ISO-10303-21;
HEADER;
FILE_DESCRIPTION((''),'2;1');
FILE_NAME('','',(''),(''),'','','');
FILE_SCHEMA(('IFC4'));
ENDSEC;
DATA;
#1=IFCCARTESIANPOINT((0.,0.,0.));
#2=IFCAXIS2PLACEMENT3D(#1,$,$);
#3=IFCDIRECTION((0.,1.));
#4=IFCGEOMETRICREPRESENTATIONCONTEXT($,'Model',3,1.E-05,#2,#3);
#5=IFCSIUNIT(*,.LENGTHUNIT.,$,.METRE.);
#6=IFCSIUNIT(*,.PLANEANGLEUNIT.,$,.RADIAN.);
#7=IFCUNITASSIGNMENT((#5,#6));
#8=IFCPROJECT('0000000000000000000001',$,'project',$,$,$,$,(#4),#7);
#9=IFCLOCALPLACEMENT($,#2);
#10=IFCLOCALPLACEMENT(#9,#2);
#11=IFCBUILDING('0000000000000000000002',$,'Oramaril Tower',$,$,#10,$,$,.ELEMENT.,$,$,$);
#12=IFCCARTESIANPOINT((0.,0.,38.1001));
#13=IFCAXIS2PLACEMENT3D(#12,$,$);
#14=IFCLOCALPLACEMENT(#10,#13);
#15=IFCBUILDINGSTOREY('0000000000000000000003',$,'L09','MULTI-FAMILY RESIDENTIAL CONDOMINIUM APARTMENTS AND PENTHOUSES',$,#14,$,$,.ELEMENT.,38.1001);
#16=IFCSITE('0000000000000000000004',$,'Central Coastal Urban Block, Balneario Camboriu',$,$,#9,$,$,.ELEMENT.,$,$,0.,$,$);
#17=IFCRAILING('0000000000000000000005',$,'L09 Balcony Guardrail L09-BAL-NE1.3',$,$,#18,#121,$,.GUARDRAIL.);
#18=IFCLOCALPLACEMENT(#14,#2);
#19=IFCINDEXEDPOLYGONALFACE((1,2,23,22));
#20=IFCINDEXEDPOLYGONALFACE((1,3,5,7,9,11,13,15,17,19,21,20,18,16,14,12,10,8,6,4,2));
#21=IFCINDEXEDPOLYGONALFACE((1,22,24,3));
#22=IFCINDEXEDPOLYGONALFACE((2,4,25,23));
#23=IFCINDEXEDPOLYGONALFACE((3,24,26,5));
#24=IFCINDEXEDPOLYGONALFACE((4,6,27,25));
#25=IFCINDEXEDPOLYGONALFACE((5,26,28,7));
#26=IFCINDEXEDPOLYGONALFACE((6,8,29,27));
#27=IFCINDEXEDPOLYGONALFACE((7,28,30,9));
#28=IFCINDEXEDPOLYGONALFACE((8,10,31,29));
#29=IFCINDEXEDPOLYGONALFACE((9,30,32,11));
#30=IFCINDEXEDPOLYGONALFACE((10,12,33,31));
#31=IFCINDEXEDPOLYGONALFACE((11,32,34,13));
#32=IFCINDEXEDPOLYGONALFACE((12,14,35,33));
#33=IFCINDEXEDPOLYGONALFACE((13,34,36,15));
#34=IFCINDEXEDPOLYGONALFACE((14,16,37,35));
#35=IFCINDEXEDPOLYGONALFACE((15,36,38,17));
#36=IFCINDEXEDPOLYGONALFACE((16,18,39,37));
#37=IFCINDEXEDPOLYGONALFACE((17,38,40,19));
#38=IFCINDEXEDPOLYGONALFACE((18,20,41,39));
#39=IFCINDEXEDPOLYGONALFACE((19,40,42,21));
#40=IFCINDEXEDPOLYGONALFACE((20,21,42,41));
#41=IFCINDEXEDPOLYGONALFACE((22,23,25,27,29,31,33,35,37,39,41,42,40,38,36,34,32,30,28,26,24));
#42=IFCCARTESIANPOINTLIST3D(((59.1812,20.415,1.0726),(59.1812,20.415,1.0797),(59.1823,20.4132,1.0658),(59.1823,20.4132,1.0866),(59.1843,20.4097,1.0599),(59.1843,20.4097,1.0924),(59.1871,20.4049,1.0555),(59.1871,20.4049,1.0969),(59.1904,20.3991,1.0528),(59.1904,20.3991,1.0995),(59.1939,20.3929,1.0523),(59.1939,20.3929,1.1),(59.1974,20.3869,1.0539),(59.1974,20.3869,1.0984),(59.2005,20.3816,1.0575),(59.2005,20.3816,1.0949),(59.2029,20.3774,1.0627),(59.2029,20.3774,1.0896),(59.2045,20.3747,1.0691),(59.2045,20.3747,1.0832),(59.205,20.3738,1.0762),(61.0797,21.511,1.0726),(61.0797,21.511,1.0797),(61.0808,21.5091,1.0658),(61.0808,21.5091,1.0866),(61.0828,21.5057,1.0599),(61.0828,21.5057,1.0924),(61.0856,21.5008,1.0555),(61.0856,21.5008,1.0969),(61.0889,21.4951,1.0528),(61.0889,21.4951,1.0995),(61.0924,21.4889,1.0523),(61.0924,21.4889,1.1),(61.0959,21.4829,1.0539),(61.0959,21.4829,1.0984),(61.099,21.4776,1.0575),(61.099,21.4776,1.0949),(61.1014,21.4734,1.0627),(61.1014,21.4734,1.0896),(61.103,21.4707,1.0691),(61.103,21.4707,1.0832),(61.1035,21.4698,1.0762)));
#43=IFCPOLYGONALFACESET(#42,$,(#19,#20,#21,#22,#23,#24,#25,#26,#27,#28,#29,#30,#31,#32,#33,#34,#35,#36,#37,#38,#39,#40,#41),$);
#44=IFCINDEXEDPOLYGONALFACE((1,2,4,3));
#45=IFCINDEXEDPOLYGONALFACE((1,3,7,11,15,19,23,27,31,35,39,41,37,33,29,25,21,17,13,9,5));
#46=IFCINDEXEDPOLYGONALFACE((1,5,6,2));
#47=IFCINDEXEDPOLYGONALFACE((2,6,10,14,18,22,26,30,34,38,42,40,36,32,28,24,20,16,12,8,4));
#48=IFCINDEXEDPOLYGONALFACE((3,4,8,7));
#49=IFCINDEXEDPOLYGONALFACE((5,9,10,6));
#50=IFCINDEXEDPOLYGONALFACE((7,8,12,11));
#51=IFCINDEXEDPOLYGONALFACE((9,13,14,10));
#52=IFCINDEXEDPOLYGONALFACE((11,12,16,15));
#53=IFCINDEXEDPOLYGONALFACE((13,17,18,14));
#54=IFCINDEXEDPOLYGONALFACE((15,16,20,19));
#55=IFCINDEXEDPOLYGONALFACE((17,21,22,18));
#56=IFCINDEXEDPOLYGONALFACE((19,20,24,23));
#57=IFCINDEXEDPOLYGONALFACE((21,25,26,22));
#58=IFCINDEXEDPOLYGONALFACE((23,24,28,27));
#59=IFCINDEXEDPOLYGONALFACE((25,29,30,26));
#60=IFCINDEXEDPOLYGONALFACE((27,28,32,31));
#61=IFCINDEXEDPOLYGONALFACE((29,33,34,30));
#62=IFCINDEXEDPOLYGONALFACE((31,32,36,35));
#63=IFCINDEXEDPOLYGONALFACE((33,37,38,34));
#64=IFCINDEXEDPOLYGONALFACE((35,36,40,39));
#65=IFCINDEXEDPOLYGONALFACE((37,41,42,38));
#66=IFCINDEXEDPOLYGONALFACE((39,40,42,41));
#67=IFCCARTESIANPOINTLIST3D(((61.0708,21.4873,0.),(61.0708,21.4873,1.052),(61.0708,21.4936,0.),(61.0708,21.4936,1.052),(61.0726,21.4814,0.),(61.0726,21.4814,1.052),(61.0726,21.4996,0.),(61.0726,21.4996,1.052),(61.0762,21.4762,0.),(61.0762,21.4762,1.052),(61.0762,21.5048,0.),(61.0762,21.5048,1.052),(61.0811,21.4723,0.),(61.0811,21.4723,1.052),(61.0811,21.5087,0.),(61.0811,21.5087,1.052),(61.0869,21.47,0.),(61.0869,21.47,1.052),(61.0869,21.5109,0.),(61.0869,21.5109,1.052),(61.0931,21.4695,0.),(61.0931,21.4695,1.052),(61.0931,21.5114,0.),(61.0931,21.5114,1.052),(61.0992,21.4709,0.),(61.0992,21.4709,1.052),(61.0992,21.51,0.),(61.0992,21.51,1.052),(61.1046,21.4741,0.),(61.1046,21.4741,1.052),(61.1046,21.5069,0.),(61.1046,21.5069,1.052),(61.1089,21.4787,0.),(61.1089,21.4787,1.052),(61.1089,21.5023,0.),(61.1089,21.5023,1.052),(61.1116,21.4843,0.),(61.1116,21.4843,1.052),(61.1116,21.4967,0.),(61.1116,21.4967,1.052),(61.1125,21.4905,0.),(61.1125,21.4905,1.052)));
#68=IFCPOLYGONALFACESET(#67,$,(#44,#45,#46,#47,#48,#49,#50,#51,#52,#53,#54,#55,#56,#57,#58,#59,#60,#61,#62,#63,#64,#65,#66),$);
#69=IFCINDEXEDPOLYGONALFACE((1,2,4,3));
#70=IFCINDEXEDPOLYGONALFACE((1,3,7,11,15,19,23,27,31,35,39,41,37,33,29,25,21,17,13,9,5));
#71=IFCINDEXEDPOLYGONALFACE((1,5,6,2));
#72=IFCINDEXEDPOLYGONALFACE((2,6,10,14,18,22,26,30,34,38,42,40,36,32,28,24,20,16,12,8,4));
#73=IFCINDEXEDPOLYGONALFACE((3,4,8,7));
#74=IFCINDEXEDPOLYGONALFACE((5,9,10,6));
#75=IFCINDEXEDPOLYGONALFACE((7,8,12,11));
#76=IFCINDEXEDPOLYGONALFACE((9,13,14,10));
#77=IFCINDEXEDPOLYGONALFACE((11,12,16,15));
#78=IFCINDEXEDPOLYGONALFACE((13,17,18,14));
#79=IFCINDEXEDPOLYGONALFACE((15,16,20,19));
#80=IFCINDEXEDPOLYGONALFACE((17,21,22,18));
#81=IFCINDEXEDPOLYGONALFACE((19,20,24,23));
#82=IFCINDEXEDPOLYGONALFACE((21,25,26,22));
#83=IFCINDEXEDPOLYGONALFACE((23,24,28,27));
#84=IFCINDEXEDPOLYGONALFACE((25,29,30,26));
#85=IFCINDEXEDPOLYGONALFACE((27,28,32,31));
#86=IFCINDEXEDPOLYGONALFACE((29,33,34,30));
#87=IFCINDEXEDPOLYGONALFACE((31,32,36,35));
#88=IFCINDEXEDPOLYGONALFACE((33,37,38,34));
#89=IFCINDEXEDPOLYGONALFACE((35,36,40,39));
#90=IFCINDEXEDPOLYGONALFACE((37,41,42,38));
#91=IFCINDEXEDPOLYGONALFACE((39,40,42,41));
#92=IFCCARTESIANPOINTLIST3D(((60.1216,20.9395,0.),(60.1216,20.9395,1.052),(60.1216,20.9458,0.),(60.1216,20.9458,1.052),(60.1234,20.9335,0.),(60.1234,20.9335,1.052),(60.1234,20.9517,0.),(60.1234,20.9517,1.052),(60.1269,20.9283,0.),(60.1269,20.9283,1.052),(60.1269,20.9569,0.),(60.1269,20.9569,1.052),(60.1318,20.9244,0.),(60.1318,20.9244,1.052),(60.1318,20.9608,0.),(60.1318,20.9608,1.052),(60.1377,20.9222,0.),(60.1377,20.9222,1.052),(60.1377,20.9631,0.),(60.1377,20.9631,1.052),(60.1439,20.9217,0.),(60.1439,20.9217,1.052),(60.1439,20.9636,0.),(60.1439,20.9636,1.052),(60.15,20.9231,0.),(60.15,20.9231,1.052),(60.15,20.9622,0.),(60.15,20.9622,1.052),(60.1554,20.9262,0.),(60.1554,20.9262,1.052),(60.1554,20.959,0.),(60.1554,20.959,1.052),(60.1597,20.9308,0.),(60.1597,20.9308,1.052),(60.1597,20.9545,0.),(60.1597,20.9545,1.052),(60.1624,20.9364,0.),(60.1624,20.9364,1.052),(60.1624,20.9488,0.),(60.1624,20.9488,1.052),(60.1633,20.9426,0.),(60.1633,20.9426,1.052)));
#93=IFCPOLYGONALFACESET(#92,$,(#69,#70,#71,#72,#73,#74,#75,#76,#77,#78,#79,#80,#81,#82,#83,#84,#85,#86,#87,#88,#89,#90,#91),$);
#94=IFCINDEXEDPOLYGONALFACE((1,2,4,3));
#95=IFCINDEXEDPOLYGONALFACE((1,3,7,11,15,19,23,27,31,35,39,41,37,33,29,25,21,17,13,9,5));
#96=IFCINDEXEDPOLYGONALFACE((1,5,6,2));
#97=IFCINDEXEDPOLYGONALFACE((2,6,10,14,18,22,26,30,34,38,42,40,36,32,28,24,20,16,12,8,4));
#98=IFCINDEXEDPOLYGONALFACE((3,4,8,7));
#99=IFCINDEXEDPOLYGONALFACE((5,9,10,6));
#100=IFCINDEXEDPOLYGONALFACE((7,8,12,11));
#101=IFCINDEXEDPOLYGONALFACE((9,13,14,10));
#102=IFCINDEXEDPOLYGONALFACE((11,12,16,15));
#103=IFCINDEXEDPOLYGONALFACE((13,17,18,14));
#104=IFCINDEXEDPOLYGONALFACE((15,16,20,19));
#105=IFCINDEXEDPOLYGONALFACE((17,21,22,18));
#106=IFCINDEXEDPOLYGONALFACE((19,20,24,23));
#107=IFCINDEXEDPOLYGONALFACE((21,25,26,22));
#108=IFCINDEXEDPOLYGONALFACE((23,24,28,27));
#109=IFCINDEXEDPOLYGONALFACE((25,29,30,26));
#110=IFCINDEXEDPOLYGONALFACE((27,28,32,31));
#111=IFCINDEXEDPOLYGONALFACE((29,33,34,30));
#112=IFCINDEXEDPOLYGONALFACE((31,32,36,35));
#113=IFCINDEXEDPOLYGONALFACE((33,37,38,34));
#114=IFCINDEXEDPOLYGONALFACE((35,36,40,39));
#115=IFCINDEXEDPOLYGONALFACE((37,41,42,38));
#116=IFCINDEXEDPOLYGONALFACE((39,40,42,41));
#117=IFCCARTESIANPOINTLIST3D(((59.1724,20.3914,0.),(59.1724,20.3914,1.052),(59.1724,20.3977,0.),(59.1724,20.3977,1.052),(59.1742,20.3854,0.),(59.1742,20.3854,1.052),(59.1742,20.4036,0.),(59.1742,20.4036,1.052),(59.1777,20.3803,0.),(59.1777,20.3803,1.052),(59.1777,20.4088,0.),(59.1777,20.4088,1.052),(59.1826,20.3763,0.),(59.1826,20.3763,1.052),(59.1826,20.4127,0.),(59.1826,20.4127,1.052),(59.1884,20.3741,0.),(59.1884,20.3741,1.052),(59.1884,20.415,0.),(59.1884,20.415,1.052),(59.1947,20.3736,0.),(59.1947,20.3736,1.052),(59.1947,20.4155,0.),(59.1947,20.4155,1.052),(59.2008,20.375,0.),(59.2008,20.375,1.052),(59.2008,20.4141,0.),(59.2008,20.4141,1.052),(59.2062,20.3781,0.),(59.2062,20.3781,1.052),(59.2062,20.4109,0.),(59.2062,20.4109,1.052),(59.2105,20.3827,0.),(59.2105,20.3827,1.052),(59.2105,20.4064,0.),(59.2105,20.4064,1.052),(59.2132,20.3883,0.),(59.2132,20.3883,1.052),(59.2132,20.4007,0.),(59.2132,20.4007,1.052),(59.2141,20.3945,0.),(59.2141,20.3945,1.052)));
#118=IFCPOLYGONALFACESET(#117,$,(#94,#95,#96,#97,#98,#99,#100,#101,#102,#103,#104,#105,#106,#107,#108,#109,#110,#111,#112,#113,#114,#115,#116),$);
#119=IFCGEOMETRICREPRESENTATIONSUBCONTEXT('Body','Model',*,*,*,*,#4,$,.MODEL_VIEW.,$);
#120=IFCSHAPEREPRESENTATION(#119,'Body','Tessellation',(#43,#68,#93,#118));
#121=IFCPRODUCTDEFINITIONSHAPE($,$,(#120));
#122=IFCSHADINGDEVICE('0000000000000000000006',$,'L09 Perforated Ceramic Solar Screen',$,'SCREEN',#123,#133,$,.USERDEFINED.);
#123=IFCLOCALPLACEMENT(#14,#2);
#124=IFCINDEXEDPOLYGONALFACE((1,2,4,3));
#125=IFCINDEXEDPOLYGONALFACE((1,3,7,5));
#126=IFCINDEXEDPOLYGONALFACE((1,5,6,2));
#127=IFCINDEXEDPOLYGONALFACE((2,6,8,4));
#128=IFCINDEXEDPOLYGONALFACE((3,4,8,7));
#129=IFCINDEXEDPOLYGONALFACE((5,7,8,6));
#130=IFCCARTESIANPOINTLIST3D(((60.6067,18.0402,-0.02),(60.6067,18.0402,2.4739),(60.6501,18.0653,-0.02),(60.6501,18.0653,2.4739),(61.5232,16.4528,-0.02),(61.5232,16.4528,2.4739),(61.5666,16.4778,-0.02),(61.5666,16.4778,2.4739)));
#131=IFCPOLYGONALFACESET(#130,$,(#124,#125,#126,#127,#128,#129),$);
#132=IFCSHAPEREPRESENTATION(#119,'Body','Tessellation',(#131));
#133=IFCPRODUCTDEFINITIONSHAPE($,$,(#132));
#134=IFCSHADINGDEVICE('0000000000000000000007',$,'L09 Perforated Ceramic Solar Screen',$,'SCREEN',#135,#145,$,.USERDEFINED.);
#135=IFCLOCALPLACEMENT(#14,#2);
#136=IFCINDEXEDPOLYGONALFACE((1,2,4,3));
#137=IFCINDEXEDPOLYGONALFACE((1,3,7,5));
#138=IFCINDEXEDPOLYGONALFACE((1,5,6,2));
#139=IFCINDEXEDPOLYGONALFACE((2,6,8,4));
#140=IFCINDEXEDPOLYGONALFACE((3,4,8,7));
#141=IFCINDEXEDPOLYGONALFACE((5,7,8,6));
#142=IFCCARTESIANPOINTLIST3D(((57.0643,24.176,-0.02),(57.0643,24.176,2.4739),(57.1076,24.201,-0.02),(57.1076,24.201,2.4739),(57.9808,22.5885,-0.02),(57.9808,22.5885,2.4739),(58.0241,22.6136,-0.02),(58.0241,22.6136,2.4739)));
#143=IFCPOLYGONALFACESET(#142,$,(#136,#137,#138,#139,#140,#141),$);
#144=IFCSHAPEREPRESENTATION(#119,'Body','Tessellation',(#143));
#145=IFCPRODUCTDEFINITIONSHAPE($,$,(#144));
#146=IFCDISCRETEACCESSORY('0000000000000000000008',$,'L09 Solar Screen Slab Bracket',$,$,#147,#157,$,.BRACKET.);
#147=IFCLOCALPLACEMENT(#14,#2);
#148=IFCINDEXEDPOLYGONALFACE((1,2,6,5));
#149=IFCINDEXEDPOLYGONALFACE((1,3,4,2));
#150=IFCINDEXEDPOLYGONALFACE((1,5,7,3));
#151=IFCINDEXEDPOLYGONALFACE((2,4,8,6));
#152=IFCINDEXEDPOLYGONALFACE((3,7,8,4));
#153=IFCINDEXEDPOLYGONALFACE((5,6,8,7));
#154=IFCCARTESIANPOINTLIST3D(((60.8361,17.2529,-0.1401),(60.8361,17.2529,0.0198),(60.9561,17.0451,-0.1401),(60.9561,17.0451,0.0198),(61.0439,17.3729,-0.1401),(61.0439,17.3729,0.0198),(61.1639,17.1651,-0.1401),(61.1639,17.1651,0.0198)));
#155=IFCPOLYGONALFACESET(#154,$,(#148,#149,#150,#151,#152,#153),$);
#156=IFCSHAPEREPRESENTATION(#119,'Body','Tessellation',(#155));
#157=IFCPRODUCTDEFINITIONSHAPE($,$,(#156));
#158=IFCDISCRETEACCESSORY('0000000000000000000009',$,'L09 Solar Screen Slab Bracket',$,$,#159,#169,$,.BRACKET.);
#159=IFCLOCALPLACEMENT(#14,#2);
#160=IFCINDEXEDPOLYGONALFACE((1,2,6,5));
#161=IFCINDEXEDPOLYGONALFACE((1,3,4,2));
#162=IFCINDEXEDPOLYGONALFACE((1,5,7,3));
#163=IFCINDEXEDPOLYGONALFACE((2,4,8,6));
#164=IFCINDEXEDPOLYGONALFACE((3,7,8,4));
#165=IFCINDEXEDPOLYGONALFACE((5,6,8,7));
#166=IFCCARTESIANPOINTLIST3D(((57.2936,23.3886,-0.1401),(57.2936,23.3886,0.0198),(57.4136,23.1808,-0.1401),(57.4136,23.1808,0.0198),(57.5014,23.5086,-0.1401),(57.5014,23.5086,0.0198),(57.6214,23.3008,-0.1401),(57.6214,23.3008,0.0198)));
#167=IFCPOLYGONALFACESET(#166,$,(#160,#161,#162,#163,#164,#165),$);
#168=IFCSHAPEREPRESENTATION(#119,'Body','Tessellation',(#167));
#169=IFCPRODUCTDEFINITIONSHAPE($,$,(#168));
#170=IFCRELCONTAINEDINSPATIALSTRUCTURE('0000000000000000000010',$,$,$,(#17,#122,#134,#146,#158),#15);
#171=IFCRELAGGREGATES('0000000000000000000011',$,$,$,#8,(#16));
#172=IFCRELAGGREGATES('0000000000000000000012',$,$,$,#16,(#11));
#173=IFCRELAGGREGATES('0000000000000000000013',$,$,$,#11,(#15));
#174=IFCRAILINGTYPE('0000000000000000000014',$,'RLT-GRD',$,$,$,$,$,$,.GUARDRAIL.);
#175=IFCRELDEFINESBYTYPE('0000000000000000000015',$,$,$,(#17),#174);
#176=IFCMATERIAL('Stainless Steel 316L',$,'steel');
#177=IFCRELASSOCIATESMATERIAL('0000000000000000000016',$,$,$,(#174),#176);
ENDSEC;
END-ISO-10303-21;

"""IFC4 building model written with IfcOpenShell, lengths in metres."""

from ifc_helpers import new_model, si_unit, direction, frame, origin, origin_2d, place, context, subcontext, project, spatial, rectangle, circle, extrude, material, type_object, element, save


model = new_model("IFC4")

# Units and contexts
model_context = context("Model", 3, precision=1e-05, world=origin(), true_north=direction((0.0, 1.0)))
body_context = subcontext(model_context, "Body", "Model", "MODEL_VIEW")
ifc_project = project(units=[si_unit("LENGTHUNIT", "METRE"), si_unit("PLANEANGLEUNIT", "RADIAN")], contexts=[model_context])

# Site, building, storey
site_placement = place(None, origin())
site = spatial("IfcSite", under=ifc_project, at=site_placement, Name="Central Coastal Urban Block, Balneario Camboriu", CompositionType="ELEMENT", RefElevation=0.0)
building_placement = place(site_placement, origin())
building = spatial("IfcBuilding", under=site, at=building_placement, Name="Oramaril Tower", CompositionType="ELEMENT")
storey_placement = place(building_placement, frame((0.0, 0.0, 38.1001)))
storey = spatial("IfcBuildingStorey", under=building, at=storey_placement, Name="L09", Description="MULTI-FAMILY RESIDENTIAL CONDOMINIUM APARTMENTS AND PENTHOUSES", CompositionType="ELEMENT", Elevation=38.1001)

# Railing
ifc_material_1 = material(Name="Stainless Steel 316L", Category="steel")
railing_type = type_object("IfcRailingType", Name="RLT-GRD", PredefinedType="GUARDRAIL", material=ifc_material_1)
railing_placement = place(storey_placement, frame((61.0916, 21.4905, 0.0)))
element("IfcRailing", 1, at=railing_placement, inside=storey, type_object=railing_type, Name="L09 Balcony Guardrail L09-BAL-NE1.3", PredefinedType="GUARDRAIL", context=body_context, shape_type="SweptSolid", body=[
    extrude(circle(Radius=0.0239, at=origin_2d()), frame((0.0, 0.0, 1.0762), z_axis=(-0.866048, -0.49996, 0.0), x_axis=(0.49996, -0.866048, 0.0)), (0.0, 0.0, 1.0), 2.1921),
    extrude(circle(Radius=0.021, at=origin_2d()), origin(), (0.0, 0.0, 1.0), 1.052),
    extrude(circle(Radius=0.021, at=origin_2d()), frame((-0.9492, -0.5479, 0.0)), (0.0, 0.0, 1.0), 1.052),
    extrude(circle(Radius=0.021, at=origin_2d()), frame((-1.8984, -1.0959, 0.0)), (0.0, 0.0, 1.0), 1.052),
])

# Shading devices
for number, where, z_axis, x_axis, name in (
    (2, (61.0867, 17.259, -0.02), (0.0, 0.0, 1.0), (-0.499998, 0.866026, 0.0), "L09 Perforated Ceramic Solar Screen"),
    (3, (57.5442, 23.3948, -0.02), (0.0, 0.0, 1.0), (-0.499998, 0.866026, 0.0), "L09 Perforated Ceramic Solar Screen"),
):
    element("IfcShadingDevice", number, at=place(storey_placement, frame(where, z_axis=z_axis, x_axis=x_axis)), inside=storey, Name=name, ObjectType="SCREEN", PredefinedType="USERDEFINED", context=body_context, shape_type="SweptSolid", body=[
        extrude(rectangle(XDim=1.833, YDim=0.05, at=origin_2d()), origin(), (0.0, 0.0, 1.0), 2.4939),
    ])

# Discrete accessories
for number, where, z_axis, x_axis, name in (
    (4, (61.0, 17.209, -0.1401), (0.0, 0.0, 1.0), (-0.499998, 0.866026, 0.0), "L09 Solar Screen Slab Bracket"),
    (5, (57.4575, 23.3447, -0.1401), (0.0, 0.0, 1.0), (-0.499998, 0.866026, 0.0), "L09 Solar Screen Slab Bracket"),
):
    element("IfcDiscreteAccessory", number, at=place(storey_placement, frame(where, z_axis=z_axis, x_axis=x_axis)), inside=storey, Name=name, PredefinedType="BRACKET", context=body_context, shape_type="SweptSolid", body=[
        extrude(rectangle(XDim=0.24, YDim=0.24, at=origin_2d()), origin(), (0.0, 0.0, 1.0), 0.1599),
    ])

save(model, "model.ifc")
